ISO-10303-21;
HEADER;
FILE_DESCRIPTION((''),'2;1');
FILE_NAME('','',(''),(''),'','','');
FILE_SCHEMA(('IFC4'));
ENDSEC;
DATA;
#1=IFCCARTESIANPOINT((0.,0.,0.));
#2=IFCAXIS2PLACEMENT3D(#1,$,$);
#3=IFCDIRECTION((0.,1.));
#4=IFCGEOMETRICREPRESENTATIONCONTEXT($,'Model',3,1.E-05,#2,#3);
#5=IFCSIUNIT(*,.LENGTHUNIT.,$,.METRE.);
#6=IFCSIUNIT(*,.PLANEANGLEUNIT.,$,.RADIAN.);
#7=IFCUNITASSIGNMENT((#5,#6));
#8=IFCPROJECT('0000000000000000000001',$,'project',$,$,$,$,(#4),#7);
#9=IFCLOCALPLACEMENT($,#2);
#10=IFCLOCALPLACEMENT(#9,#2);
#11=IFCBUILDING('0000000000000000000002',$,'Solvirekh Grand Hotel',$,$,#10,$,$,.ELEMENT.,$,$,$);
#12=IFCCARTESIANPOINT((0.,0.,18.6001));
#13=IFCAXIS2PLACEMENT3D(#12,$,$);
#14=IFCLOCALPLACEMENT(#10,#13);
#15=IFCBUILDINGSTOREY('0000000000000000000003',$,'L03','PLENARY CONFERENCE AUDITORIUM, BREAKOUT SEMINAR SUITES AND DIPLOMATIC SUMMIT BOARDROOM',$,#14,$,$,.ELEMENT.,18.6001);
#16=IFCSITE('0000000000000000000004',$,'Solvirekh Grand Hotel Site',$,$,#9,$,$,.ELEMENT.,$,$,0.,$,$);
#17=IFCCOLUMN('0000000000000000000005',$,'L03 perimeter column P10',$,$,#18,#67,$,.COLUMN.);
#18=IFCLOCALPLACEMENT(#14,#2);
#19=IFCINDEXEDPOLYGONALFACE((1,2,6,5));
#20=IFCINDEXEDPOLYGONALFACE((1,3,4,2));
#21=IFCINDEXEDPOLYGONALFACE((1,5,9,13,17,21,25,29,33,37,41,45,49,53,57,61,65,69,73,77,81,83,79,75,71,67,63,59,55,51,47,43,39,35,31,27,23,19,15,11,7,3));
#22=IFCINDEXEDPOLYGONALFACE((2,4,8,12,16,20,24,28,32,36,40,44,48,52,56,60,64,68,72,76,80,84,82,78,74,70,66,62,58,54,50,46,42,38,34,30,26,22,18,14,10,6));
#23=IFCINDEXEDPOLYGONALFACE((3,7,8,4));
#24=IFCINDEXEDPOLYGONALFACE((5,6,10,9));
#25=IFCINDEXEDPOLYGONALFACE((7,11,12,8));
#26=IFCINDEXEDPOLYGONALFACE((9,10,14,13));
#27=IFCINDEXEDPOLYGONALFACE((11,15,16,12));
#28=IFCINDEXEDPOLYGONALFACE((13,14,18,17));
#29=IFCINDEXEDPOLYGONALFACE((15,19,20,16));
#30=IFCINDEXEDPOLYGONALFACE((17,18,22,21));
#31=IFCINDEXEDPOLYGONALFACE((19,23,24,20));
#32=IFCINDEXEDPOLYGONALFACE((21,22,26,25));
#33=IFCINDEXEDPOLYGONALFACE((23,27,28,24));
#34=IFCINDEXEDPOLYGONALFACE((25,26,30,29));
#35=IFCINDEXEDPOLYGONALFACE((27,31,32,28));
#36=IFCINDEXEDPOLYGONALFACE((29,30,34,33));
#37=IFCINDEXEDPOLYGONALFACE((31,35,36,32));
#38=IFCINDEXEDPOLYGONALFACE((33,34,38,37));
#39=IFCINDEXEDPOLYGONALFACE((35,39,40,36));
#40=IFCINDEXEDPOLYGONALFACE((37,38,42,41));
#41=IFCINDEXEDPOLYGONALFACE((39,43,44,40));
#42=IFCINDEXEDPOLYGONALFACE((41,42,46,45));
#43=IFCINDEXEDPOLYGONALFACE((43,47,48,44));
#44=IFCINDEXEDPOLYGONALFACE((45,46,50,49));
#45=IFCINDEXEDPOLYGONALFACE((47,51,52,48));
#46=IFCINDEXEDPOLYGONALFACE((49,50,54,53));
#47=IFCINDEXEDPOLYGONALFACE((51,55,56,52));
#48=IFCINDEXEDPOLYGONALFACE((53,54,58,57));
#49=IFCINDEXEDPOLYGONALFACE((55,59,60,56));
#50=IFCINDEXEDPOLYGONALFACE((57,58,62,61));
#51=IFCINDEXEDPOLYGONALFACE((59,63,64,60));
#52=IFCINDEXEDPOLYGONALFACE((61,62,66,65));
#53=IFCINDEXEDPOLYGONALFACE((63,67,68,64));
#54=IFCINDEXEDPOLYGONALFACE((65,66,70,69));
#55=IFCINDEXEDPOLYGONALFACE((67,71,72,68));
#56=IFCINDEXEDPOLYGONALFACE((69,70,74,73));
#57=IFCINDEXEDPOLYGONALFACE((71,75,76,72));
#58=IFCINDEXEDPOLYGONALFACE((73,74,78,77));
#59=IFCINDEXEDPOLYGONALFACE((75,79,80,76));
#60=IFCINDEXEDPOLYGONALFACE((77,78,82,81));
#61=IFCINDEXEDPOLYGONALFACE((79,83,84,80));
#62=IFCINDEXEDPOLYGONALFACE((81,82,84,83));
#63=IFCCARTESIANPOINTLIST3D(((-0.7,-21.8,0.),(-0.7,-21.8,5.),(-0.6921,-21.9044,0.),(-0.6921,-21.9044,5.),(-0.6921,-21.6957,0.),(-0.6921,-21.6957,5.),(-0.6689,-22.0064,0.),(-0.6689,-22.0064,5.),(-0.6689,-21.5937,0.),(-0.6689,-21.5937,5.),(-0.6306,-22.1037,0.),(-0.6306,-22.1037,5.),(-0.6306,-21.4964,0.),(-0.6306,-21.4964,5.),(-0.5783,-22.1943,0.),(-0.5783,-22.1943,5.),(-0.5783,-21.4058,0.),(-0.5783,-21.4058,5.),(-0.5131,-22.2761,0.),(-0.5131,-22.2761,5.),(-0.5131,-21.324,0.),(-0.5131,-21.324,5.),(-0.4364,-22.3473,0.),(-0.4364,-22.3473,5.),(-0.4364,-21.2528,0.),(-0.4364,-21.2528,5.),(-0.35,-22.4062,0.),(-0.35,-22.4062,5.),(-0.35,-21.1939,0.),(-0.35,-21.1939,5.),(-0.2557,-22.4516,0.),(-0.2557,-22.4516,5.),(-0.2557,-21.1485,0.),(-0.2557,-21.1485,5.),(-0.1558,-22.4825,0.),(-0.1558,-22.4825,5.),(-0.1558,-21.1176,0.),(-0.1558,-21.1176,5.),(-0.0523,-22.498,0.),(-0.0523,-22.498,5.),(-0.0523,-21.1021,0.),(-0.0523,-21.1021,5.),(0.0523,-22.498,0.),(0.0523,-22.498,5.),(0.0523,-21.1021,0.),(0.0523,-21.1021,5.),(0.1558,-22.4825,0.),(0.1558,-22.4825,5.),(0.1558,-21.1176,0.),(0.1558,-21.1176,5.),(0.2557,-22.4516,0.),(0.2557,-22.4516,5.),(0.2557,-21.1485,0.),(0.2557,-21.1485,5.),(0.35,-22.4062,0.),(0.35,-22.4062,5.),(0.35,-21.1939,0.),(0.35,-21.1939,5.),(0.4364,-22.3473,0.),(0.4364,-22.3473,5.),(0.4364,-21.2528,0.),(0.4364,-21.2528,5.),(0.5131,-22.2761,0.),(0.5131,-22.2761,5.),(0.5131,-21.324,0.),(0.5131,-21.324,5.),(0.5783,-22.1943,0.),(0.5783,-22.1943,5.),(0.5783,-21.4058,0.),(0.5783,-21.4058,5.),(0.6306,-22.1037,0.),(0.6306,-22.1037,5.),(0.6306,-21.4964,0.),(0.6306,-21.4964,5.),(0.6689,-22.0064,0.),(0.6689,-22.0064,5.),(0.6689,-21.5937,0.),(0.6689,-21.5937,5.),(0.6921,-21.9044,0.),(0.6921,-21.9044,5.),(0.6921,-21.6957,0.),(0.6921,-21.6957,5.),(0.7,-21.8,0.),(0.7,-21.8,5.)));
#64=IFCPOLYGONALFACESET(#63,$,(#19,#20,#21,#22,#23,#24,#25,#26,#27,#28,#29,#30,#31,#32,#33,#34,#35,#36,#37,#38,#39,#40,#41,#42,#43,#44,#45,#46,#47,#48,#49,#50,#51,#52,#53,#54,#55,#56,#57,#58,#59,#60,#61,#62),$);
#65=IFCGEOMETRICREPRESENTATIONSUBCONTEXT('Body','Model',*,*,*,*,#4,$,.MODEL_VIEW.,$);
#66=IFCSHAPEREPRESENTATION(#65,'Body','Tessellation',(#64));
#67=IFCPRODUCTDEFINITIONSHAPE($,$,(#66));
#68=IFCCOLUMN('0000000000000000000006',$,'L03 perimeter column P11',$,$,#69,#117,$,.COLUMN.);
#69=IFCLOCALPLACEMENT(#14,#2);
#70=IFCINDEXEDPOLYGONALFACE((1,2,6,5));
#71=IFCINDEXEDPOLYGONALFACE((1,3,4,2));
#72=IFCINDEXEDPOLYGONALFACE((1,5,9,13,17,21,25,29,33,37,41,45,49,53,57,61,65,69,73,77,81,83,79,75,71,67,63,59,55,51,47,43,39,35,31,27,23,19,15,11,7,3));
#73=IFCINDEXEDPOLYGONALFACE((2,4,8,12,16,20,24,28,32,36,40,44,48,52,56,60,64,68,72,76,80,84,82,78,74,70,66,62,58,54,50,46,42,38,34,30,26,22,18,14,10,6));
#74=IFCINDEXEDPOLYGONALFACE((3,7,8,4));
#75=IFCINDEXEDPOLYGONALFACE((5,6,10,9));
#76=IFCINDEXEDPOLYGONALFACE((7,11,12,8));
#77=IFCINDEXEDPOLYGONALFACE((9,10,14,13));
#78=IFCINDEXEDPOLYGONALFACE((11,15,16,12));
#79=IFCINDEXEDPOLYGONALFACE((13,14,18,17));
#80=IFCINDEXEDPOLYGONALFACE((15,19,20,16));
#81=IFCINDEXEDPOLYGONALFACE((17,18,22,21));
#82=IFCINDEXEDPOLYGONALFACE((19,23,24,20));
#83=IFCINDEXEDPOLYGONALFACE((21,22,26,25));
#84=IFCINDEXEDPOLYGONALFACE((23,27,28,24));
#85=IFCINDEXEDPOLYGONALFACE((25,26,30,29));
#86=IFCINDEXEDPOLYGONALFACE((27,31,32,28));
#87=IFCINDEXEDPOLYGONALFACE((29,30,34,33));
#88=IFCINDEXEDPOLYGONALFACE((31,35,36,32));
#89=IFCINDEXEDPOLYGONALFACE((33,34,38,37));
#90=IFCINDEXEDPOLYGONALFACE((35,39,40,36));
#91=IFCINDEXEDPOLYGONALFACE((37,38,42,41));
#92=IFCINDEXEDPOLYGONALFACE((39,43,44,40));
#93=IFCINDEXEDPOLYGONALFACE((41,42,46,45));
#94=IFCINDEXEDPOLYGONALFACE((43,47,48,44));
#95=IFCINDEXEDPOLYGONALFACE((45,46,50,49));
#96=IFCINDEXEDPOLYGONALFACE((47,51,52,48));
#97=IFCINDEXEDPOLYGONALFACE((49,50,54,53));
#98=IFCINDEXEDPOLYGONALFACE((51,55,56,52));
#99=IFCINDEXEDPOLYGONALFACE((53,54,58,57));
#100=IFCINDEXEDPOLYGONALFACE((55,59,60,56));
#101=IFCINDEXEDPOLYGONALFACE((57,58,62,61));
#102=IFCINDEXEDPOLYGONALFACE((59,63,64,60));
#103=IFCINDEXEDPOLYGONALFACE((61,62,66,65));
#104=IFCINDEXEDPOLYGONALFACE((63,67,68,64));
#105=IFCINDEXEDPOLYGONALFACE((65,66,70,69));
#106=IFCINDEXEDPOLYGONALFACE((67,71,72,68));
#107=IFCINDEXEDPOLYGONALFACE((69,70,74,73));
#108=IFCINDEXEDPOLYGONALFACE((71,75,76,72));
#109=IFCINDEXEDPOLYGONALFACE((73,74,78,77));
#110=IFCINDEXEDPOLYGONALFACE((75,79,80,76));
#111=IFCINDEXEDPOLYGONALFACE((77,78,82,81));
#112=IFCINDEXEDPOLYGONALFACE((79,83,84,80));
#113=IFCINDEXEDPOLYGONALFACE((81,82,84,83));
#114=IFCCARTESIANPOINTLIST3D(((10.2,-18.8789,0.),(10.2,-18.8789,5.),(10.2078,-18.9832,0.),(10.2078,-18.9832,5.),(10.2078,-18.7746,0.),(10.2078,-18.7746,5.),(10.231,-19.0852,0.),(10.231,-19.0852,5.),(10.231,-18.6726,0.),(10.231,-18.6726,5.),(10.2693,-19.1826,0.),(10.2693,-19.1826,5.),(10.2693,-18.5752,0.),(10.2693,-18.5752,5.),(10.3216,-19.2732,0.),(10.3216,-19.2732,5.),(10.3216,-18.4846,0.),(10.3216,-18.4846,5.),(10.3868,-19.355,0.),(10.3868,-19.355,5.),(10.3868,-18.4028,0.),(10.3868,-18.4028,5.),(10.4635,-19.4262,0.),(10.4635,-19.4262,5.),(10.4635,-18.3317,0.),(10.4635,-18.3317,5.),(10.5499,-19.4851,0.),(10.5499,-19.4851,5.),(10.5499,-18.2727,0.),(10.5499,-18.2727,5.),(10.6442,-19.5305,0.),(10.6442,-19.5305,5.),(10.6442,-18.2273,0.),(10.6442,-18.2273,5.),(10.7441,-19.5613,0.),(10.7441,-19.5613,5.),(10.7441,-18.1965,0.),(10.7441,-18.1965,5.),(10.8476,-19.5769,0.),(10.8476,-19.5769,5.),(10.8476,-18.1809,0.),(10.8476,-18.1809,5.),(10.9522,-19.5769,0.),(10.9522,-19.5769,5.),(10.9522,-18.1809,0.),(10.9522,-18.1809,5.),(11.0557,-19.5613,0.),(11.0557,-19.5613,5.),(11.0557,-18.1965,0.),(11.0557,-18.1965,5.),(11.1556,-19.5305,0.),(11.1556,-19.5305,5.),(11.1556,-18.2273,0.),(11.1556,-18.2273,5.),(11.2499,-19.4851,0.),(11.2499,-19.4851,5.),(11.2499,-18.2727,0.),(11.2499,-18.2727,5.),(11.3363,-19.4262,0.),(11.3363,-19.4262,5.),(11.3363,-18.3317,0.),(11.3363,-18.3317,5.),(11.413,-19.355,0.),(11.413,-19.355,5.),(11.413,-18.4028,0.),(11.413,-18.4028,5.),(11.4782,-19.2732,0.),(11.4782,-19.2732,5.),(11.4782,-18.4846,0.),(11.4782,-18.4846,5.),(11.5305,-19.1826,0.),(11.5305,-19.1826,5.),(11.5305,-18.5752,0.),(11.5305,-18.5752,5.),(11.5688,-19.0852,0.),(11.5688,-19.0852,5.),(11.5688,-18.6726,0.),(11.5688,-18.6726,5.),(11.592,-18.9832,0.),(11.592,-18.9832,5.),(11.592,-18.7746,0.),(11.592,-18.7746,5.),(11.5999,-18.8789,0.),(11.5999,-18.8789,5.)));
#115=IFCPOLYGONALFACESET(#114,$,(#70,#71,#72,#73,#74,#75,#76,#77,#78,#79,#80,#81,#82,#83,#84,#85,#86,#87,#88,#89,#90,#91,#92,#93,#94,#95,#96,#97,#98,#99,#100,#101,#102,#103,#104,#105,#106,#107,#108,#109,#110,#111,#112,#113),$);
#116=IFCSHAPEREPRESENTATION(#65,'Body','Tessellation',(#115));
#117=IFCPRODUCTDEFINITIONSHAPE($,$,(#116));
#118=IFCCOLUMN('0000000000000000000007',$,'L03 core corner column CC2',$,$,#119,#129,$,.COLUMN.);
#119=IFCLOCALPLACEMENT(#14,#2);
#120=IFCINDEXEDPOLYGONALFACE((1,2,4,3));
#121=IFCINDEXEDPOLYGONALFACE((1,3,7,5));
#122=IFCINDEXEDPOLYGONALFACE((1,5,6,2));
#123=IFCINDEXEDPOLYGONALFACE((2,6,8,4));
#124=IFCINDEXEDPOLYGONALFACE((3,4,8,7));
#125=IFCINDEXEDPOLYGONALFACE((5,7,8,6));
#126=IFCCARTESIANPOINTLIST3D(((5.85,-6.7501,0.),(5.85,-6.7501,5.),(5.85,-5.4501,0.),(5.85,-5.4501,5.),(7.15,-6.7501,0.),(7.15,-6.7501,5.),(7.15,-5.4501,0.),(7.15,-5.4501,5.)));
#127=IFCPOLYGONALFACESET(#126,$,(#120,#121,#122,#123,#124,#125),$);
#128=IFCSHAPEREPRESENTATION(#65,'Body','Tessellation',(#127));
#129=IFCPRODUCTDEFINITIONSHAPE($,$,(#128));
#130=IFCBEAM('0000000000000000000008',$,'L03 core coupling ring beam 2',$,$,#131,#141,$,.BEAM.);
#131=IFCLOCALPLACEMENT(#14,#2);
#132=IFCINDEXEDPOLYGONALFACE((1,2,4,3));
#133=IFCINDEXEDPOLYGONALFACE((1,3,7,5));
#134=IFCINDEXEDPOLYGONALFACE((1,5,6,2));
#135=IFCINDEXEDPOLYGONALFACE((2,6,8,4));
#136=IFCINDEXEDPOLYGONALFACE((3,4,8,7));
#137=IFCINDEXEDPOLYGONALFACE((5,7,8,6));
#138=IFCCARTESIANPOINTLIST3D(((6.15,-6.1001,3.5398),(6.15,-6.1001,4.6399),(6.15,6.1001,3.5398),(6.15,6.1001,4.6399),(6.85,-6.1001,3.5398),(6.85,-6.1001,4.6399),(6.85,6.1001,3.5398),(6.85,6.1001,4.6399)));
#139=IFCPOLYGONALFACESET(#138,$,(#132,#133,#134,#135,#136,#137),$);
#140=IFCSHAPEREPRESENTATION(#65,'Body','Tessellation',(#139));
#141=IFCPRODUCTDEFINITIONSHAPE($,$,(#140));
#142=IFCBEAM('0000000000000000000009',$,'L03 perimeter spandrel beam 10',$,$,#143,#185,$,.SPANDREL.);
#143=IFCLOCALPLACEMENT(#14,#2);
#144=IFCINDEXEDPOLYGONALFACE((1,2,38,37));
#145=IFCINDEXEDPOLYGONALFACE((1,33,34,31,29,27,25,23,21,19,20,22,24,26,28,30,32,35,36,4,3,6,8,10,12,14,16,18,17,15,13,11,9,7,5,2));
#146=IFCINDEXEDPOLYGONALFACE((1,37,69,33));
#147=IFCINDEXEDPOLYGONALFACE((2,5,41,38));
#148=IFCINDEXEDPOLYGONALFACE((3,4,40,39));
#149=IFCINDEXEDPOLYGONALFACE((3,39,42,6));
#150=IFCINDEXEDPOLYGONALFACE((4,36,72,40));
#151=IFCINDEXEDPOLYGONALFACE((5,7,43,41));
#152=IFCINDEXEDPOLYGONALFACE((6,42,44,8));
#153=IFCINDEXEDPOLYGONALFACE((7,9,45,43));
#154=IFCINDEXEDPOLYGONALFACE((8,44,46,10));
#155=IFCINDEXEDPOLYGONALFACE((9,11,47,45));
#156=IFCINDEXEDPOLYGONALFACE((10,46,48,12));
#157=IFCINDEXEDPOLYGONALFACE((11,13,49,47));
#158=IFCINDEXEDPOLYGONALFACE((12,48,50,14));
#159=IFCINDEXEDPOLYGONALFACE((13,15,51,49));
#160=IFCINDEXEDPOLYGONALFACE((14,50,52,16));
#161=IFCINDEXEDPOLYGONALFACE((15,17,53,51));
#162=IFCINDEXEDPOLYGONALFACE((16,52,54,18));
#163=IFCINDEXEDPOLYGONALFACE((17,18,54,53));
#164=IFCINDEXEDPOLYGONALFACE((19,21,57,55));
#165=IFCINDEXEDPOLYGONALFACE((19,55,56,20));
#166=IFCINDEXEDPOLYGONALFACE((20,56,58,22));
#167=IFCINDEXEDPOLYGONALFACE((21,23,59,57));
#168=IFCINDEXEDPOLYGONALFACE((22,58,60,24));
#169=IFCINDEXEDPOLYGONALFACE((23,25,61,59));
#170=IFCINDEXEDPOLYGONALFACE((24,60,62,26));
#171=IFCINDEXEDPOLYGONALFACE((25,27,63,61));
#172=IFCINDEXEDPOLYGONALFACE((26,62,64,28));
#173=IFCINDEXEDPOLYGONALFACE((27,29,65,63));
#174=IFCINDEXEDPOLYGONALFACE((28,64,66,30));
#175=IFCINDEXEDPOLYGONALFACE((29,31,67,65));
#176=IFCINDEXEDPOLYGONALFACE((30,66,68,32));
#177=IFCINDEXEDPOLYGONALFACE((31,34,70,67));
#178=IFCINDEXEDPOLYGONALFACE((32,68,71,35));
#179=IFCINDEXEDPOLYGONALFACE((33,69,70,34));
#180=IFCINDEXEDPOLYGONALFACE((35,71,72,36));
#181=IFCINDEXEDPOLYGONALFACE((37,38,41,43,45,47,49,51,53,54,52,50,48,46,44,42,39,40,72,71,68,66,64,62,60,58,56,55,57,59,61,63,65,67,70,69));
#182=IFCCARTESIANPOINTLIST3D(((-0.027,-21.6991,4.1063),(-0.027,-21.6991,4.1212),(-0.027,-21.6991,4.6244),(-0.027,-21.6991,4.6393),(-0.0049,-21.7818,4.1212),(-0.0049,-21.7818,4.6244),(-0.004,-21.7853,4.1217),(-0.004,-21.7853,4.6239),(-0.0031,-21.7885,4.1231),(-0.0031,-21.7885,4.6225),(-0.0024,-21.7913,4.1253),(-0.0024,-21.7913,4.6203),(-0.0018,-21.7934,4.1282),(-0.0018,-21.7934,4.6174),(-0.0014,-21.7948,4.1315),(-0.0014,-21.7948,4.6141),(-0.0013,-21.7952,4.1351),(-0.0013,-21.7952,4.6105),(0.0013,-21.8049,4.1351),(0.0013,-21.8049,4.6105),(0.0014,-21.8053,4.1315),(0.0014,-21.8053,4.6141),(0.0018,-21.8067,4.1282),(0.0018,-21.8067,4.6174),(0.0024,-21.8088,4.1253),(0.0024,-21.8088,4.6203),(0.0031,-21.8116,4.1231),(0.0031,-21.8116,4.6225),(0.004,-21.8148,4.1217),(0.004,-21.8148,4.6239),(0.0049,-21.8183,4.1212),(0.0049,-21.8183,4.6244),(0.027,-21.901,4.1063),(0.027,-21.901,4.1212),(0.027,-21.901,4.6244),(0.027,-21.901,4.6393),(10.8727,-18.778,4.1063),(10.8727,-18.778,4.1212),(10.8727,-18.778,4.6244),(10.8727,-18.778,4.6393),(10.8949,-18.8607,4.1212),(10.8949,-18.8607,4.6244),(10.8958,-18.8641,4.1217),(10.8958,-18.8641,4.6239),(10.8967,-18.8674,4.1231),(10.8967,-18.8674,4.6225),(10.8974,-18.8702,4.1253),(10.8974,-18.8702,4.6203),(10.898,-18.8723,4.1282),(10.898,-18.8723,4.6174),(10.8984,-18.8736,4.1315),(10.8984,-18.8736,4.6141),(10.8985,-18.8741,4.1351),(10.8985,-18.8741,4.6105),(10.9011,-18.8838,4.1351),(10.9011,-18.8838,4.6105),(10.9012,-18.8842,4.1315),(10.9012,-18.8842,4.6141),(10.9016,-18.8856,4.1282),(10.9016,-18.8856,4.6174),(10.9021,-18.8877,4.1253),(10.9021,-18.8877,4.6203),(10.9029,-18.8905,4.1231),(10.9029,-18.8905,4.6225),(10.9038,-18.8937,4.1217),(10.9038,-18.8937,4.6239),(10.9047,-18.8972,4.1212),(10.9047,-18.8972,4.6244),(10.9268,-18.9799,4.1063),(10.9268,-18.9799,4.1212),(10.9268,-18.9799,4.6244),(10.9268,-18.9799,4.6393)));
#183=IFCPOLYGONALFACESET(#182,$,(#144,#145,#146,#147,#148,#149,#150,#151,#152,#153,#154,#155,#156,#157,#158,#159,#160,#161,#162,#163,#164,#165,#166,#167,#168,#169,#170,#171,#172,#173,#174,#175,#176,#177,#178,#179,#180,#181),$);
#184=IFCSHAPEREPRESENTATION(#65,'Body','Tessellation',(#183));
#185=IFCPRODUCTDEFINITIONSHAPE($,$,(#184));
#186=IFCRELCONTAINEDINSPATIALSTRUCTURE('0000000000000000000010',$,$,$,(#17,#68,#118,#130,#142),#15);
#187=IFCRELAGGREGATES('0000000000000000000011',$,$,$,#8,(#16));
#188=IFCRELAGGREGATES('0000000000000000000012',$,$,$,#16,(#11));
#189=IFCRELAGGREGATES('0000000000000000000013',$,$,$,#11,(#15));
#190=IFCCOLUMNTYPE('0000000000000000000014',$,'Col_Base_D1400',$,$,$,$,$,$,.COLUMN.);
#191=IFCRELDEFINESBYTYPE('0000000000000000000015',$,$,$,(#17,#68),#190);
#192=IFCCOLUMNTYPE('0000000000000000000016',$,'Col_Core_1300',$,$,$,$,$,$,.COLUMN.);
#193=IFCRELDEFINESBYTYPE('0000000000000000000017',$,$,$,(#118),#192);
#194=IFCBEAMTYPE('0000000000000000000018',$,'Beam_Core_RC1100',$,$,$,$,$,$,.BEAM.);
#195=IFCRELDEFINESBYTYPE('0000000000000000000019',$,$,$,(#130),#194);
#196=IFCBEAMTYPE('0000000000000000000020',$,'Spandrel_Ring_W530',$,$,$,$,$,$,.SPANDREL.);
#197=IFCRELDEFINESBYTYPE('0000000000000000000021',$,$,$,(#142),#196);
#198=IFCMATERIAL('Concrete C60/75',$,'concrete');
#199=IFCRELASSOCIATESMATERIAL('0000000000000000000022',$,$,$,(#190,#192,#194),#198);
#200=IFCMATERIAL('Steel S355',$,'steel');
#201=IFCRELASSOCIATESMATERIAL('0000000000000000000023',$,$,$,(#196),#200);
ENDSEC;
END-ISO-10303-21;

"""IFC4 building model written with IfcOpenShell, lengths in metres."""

from ifc_helpers import new_model, si_unit, direction, frame, origin, origin_2d, place, context, subcontext, project, spatial, rectangle, circle, i_section, extrude, material, material_profile, profile_set, type_object, element, save


model = new_model("IFC4")

# Units and contexts
model_context = context("Model", 3, precision=1e-05, world=origin(), true_north=direction((0.0, 1.0)))
body_context = subcontext(model_context, "Body", "Model", "MODEL_VIEW")
ifc_project = project(units=[si_unit("LENGTHUNIT", "METRE"), si_unit("PLANEANGLEUNIT", "RADIAN")], contexts=[model_context])

# Site, building, storey
site_placement = place(None, origin())
site = spatial("IfcSite", under=ifc_project, at=site_placement, Name="Solvirekh Grand Hotel Site", CompositionType="ELEMENT", RefElevation=0.0)
building_placement = place(site_placement, origin())
building = spatial("IfcBuilding", under=site, at=building_placement, Name="Solvirekh Grand Hotel", CompositionType="ELEMENT")
storey_placement = place(building_placement, frame((0.0, 0.0, 18.6001)))
storey = spatial("IfcBuildingStorey", under=building, at=storey_placement, Name="L03", Description="PLENARY CONFERENCE AUDITORIUM, BREAKOUT SEMINAR SUITES AND DIPLOMATIC SUMMIT BOARDROOM", CompositionType="ELEMENT", Elevation=18.6001)

# Columns
ifc_material_1 = material(Name="Concrete C60/75", Category="concrete")
ifc_material_profile_1 = material_profile(ifc_material_1, circle(Radius=0.7, at=origin_2d()), Name="RC CIRC D1400")
ifc_profile_set_1 = profile_set([ifc_material_profile_1], Name="Concrete C60/75")
column_type_1 = type_object("IfcColumnType", Name="Col_Base_D1400", PredefinedType="COLUMN", material=ifc_profile_set_1)
for number, where, z_axis, x_axis, name in (
    (1, (0.0, -21.8, 0.0), (0.0, 0.0, 1.0), (1.0, 0.0, 0.0), "L03 perimeter column P10"),
    (2, (10.8999, -18.8789, 0.0), (0.0, 0.0, 1.0), (1.0, 0.0, 0.0), "L03 perimeter column P11"),
):
    element("IfcColumn", number, at=place(storey_placement, frame(where, z_axis=z_axis, x_axis=x_axis)), inside=storey, type_object=column_type_1, Name=name, PredefinedType="COLUMN", context=body_context, shape_type="SweptSolid", body=[
        extrude(circle(Radius=0.7, at=origin_2d()), origin(), (0.0, 0.0, 1.0), 5.0),
    ])
ifc_material_profile_2 = material_profile(ifc_material_1, rectangle(XDim=1.3, YDim=1.3, at=origin_2d()), Name="RC 1300X1300")
ifc_profile_set_2 = profile_set([ifc_material_profile_2], Name="Concrete C60/75")
column_type_2 = type_object("IfcColumnType", Name="Col_Core_1300", PredefinedType="COLUMN", material=ifc_profile_set_2)
column_placement = place(storey_placement, frame((6.5, -6.1001, 0.0), z_axis=(0.0, 0.0, 1.0), x_axis=(1.0, 0.0, 0.0)))
element("IfcColumn", 3, at=column_placement, inside=storey, type_object=column_type_2, Name="L03 core corner column CC2", PredefinedType="COLUMN", context=body_context, shape_type="SweptSolid", body=[
    extrude(rectangle(XDim=1.3, YDim=1.3, at=origin_2d()), origin(), (0.0, 0.0, 1.0), 5.0),
])

# Beams
ifc_material_profile_3 = material_profile(ifc_material_1, rectangle(XDim=0.7, YDim=1.1001, at=origin_2d()), Name="RC BEAM 700X1100")
ifc_profile_set_3 = profile_set([ifc_material_profile_3], Name="Concrete C60/75")
beam_type_1 = type_object("IfcBeamType", Name="Beam_Core_RC1100", PredefinedType="BEAM", material=ifc_profile_set_3)
beam_1_placement = place(storey_placement, frame((6.5, -6.1001, 4.0898), z_axis=(0.0, 1.0, 0.0), x_axis=(-1.0, 0.0, 0.0)))
element("IfcBeam", 4, at=beam_1_placement, inside=storey, type_object=beam_type_1, Name="L03 core coupling ring beam 2", PredefinedType="BEAM", context=body_context, shape_type="SweptSolid", body=[
    extrude(rectangle(XDim=0.7, YDim=1.1001, at=origin_2d()), origin(), (0.0, 0.0, 1.0), 12.2002),
])
ifc_material_2 = material(Name="Steel S355", Category="steel")
ifc_material_profile_4 = material_profile(ifc_material_2, i_section(OverallWidth=0.209, OverallDepth=0.533, WebThickness=0.01, FlangeThickness=0.0149, FilletRadius=0.0139, at=origin_2d()), Name="W530X92")
ifc_profile_set_4 = profile_set([ifc_material_profile_4], Name="Steel S355")
beam_type_2 = type_object("IfcBeamType", Name="Spandrel_Ring_W530", PredefinedType="SPANDREL", material=ifc_profile_set_4)
beam_2_placement = place(storey_placement, frame((0.0, -21.8, 4.3728), z_axis=(0.965914, 0.258862, 0.0), x_axis=(-0.258862, 0.965914, 0.0)))
element("IfcBeam", 5, at=beam_2_placement, inside=storey, type_object=beam_type_2, Name="L03 perimeter spandrel beam 10", PredefinedType="SPANDREL", context=body_context, shape_type="SweptSolid", body=[
    extrude(i_section(OverallWidth=0.209, OverallDepth=0.533, WebThickness=0.01, FlangeThickness=0.0149, FilletRadius=0.0139, at=origin_2d()), origin(), (0.0, 0.0, 1.0), 11.2844),
])

save(model, "model.ifc")
